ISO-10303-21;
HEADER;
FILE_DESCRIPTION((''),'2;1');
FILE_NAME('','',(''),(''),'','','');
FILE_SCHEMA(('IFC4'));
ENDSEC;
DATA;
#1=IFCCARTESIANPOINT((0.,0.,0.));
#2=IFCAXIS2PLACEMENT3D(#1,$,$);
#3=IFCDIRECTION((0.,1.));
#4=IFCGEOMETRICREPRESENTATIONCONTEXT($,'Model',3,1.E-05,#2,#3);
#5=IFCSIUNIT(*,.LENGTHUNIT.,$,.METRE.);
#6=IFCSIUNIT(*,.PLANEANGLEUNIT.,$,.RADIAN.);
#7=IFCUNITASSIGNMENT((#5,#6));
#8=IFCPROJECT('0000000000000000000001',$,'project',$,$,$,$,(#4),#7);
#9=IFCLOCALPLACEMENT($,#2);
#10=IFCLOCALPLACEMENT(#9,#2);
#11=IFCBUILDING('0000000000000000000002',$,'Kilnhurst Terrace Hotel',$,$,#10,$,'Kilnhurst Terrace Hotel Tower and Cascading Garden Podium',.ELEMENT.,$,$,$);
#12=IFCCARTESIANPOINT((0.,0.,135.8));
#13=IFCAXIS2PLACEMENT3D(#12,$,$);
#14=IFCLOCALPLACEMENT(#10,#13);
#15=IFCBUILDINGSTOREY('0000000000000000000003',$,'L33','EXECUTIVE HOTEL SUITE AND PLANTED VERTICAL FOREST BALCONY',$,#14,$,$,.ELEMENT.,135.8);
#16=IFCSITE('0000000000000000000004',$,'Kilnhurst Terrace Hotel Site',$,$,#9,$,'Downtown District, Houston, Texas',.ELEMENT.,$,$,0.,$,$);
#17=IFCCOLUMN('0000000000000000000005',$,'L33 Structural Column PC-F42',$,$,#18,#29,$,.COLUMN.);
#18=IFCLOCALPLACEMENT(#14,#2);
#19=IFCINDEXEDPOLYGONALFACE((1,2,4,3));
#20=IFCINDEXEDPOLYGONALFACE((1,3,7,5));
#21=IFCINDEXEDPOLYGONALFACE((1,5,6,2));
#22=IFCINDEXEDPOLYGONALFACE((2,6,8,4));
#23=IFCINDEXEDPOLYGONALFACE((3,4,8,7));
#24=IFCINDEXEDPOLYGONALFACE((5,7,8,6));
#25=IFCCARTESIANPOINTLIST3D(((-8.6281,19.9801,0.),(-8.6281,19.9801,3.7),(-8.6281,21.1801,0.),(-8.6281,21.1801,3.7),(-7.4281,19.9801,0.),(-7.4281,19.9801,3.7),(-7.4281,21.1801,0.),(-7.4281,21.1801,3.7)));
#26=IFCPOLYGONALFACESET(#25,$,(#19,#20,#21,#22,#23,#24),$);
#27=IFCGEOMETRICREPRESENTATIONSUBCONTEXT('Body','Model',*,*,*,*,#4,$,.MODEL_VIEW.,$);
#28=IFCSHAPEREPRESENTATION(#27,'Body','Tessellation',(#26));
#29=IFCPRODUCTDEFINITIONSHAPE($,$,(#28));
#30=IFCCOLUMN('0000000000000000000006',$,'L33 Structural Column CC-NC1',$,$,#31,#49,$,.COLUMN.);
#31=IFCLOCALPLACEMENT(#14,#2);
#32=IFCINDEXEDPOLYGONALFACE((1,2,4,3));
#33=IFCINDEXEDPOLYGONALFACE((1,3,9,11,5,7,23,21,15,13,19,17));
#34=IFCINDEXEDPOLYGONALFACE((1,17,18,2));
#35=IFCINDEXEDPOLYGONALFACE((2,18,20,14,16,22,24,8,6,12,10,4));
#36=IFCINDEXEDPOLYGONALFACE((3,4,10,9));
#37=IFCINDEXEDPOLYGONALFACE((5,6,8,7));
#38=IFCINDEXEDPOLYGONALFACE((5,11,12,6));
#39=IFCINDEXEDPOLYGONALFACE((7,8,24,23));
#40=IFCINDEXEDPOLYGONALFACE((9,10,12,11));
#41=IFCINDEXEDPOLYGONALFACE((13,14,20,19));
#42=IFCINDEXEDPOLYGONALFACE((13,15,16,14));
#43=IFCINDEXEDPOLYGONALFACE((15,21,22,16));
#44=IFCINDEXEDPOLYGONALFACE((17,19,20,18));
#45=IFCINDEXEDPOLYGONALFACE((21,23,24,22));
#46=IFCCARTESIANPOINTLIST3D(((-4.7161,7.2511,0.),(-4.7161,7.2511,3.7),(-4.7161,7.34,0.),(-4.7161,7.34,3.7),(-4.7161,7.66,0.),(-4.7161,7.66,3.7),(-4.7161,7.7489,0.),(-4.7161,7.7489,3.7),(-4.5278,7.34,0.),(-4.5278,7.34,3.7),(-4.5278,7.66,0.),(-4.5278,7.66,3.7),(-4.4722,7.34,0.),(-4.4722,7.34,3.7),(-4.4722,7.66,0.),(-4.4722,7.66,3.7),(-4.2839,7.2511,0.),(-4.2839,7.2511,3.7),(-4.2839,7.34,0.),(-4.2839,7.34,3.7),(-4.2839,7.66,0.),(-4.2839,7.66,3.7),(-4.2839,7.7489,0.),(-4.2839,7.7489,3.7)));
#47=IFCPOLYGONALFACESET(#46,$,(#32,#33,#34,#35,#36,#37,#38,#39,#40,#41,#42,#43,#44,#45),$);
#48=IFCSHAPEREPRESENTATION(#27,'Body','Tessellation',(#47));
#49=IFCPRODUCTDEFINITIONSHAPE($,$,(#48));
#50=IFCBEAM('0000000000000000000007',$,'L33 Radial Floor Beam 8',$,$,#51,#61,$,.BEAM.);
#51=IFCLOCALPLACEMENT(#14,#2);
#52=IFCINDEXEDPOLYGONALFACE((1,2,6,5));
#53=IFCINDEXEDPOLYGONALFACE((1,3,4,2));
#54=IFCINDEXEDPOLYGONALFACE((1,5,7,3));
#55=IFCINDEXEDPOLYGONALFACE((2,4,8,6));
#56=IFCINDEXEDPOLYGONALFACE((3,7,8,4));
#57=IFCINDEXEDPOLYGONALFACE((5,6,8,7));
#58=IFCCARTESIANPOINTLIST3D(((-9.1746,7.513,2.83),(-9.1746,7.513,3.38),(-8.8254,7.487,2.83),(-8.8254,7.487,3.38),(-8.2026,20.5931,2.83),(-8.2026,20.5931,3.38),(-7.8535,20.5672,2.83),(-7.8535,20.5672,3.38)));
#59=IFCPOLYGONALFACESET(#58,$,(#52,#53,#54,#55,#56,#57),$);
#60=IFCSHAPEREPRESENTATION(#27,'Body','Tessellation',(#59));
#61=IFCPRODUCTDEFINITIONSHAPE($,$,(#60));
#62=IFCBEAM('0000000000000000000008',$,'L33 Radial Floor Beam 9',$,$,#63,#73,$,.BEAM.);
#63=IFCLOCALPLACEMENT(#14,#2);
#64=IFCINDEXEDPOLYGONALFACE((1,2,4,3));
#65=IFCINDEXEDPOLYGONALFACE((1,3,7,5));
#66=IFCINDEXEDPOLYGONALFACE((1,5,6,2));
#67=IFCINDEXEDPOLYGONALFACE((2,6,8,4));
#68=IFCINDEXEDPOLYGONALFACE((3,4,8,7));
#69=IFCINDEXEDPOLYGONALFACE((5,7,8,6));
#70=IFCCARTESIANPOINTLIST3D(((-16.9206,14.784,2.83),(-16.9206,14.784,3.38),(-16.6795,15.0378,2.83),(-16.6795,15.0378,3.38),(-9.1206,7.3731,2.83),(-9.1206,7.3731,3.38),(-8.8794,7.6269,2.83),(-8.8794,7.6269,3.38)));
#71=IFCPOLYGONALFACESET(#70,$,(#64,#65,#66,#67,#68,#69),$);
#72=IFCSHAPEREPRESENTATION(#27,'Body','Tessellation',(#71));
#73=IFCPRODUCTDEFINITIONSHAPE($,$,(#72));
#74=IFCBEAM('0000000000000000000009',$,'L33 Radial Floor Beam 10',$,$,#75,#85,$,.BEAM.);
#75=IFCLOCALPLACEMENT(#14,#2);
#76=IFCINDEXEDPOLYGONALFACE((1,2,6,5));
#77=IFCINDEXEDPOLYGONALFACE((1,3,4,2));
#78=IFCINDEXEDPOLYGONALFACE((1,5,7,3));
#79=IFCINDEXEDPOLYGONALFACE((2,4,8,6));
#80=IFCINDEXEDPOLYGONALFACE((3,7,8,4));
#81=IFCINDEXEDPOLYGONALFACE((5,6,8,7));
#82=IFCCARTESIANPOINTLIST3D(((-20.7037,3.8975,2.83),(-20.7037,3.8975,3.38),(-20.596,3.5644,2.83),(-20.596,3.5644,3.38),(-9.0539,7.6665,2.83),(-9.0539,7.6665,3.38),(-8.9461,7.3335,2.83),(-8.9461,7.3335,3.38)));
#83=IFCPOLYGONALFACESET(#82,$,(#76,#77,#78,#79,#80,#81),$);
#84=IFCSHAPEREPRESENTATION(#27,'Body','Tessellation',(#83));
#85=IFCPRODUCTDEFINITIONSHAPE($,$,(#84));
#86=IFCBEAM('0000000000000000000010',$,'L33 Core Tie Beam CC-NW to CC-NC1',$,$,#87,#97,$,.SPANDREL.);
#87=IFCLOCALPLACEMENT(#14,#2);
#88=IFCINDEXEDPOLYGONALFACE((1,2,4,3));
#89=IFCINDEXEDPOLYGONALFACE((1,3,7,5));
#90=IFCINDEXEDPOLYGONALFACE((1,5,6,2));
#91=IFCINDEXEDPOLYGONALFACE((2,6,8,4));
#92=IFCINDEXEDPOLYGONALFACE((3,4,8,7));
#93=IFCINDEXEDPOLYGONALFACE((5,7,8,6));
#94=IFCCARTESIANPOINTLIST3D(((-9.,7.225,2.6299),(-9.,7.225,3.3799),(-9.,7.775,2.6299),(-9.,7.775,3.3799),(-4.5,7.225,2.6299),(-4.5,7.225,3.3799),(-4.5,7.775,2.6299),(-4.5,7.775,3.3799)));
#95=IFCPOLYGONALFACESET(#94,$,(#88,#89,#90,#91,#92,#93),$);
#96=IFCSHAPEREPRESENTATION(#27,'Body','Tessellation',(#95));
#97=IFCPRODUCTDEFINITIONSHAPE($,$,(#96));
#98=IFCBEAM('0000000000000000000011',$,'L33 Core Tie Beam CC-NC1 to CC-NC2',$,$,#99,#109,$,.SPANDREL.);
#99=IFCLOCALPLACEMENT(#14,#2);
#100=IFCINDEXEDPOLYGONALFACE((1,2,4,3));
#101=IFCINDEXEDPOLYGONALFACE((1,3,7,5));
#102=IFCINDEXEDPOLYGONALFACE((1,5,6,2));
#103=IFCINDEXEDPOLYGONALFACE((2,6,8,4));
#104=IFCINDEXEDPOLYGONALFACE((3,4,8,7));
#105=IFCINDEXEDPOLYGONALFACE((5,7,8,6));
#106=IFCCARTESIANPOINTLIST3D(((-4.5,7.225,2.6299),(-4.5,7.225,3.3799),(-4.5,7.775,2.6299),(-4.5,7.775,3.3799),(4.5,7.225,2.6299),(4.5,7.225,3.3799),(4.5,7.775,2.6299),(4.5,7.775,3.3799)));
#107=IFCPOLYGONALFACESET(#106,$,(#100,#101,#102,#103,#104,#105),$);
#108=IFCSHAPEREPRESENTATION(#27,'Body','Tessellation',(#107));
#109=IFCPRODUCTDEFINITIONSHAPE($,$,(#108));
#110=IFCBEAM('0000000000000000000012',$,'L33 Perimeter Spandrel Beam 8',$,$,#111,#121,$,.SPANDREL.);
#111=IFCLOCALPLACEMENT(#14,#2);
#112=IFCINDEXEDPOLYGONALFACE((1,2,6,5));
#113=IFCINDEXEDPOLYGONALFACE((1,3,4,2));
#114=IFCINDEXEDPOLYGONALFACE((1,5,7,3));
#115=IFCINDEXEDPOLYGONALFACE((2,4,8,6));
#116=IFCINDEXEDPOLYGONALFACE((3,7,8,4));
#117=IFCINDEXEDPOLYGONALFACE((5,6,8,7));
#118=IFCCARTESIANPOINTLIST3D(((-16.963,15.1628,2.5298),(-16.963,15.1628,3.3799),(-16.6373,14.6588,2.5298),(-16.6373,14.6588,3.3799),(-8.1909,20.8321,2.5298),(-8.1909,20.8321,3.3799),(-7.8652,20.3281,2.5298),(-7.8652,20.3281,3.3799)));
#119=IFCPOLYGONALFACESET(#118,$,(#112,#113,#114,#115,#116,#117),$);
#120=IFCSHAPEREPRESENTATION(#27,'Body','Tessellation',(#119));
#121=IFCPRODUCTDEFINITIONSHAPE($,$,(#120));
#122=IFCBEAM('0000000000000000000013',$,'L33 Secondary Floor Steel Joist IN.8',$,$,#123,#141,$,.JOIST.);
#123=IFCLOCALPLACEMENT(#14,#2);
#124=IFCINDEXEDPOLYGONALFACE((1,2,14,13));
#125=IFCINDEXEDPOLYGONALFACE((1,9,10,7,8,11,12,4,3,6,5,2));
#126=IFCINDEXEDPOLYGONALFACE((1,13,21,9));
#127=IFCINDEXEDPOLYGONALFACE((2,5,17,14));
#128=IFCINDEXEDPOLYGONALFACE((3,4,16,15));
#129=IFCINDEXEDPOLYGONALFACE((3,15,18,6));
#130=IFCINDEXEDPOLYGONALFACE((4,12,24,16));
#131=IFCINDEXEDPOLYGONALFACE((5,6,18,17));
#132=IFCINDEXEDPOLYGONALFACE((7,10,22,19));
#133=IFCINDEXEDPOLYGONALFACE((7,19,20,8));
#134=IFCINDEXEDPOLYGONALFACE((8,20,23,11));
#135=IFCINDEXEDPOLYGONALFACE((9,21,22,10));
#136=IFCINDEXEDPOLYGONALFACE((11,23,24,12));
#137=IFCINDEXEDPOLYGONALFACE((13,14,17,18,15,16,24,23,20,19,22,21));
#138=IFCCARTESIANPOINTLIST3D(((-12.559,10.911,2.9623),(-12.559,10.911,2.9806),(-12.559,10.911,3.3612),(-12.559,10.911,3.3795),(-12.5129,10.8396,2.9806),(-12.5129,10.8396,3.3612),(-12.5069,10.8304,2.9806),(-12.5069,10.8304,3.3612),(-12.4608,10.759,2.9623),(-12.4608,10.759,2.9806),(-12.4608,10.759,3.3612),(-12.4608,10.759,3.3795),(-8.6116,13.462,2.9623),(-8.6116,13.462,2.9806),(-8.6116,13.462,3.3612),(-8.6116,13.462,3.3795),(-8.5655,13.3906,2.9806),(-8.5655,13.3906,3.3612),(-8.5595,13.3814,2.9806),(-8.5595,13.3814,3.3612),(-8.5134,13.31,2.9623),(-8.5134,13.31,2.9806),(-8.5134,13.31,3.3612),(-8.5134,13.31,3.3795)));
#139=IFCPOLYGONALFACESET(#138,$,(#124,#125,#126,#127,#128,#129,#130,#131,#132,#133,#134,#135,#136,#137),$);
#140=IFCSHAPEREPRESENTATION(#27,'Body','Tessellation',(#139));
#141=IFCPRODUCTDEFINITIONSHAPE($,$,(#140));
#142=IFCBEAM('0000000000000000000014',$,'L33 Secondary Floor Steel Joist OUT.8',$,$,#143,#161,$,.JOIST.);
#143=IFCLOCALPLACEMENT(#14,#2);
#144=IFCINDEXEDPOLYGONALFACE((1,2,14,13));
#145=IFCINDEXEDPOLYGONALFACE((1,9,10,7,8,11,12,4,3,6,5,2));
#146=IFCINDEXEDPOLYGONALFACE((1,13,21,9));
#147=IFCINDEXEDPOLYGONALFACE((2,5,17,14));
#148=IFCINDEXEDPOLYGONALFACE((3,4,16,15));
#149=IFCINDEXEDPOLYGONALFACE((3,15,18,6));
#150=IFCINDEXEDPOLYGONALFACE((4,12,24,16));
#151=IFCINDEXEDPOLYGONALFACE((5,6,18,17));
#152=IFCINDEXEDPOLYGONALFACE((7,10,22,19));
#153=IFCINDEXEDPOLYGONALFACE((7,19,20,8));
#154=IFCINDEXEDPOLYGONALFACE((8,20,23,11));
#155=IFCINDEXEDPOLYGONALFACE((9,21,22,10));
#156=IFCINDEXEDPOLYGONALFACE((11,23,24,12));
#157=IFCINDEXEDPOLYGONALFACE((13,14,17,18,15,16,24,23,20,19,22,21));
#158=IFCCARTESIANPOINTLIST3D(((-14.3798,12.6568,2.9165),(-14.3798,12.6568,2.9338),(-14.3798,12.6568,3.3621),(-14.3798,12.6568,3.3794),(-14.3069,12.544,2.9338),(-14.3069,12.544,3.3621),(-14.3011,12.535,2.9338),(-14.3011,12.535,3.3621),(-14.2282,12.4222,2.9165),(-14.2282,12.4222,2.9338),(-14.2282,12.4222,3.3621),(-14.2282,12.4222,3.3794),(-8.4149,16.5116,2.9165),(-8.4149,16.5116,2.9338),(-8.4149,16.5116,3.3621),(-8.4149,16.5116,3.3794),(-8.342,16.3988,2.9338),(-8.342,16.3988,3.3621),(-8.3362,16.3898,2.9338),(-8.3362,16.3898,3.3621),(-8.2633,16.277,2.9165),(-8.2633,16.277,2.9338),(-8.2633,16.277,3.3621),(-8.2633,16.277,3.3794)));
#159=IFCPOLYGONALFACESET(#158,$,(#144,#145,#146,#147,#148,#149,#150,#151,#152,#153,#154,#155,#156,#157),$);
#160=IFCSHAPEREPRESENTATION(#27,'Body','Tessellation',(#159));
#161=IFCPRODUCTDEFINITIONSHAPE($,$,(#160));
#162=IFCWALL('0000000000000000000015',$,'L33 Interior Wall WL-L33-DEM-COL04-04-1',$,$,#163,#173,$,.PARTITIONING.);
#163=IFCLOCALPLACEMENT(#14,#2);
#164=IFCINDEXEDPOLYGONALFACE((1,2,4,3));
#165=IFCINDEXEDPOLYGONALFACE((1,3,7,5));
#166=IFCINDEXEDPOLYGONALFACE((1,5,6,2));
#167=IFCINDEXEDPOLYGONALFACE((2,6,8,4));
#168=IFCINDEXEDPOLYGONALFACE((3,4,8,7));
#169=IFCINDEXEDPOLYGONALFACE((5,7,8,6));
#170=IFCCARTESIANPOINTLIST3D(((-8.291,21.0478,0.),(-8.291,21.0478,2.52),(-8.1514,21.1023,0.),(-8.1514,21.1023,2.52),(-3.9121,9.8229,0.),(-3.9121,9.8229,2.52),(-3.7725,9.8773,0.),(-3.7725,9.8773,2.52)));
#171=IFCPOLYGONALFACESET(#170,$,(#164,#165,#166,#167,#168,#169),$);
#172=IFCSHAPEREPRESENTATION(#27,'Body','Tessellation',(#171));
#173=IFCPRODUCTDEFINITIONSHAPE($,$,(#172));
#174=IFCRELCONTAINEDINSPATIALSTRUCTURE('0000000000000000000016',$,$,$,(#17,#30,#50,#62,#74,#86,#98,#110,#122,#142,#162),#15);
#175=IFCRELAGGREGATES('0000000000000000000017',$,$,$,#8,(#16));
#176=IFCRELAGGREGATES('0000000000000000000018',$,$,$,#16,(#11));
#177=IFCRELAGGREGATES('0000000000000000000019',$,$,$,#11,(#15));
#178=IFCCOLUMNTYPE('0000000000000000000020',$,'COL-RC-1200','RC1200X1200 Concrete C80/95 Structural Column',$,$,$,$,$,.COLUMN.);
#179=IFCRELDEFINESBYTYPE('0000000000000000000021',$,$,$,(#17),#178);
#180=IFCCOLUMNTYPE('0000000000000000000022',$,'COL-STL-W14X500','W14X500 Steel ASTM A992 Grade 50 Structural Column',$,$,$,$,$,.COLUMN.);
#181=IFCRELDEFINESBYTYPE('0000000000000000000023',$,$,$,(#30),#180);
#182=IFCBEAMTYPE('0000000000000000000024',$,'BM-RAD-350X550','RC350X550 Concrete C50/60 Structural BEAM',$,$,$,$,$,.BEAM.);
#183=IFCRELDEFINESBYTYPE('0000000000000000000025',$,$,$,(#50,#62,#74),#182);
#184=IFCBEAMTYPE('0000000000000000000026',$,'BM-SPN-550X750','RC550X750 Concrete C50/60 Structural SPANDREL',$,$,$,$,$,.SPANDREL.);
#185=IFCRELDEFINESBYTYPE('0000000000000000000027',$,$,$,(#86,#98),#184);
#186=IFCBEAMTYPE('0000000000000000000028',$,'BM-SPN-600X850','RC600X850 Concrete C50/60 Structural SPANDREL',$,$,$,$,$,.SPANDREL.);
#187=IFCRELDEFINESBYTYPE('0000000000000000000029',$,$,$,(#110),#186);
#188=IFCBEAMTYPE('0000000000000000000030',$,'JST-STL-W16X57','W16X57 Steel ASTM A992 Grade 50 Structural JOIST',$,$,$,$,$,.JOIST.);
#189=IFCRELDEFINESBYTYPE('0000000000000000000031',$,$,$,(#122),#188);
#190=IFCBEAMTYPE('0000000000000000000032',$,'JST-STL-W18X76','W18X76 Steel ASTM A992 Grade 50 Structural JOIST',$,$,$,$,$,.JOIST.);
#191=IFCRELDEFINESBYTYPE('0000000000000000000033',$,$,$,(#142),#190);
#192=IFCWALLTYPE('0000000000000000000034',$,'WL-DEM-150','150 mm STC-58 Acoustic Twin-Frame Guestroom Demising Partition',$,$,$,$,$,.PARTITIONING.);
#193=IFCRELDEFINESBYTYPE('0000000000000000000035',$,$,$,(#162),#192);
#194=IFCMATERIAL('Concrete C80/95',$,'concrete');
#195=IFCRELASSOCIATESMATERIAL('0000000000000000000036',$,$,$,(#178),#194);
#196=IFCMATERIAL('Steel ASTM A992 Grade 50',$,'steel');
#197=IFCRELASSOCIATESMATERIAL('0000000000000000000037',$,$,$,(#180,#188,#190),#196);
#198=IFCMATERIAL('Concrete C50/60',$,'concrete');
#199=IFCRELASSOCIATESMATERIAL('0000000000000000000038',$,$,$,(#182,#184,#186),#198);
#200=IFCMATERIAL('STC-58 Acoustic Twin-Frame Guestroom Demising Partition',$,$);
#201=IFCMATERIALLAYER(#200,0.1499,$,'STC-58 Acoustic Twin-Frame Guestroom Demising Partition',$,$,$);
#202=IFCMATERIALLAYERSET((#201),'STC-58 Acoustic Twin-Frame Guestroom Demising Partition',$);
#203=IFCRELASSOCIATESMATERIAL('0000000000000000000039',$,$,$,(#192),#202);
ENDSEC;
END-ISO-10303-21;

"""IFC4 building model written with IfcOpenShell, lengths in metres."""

from ifc_helpers import new_model, si_unit, direction, frame, frame_2d, origin, origin_2d, place, context, subcontext, project, spatial, rectangle, i_section, extrude, material, layer, layer_set, material_profile, profile_set, type_object, element, save


model = new_model("IFC4")

# Units and contexts
model_context = context("Model", 3, precision=1e-05, world=origin(), true_north=direction((0.0, 1.0)))
body_context = subcontext(model_context, "Body", "Model", "MODEL_VIEW")
ifc_project = project(units=[si_unit("LENGTHUNIT", "METRE"), si_unit("PLANEANGLEUNIT", "RADIAN")], contexts=[model_context])

# Site, building, storey
site_placement = place(None, origin())
site = spatial("IfcSite", under=ifc_project, at=site_placement, Name="Kilnhurst Terrace Hotel Site", LongName="Downtown District, Houston, Texas", CompositionType="ELEMENT", RefElevation=0.0)
building_placement = place(site_placement, origin())
building = spatial("IfcBuilding", under=site, at=building_placement, Name="Kilnhurst Terrace Hotel", LongName="Kilnhurst Terrace Hotel Tower and Cascading Garden Podium", CompositionType="ELEMENT")
storey_placement = place(building_placement, frame((0.0, 0.0, 135.8)))
storey = spatial("IfcBuildingStorey", under=building, at=storey_placement, Name="L33", Description="EXECUTIVE HOTEL SUITE AND PLANTED VERTICAL FOREST BALCONY", CompositionType="ELEMENT", Elevation=135.8)

# Columns
ifc_material_1 = material(Name="Concrete C80/95", Category="concrete")
ifc_material_profile_1 = material_profile(ifc_material_1, rectangle(XDim=1.2, YDim=1.2, at=origin_2d()), Name="RC1200X1200")
ifc_profile_set_1 = profile_set([ifc_material_profile_1], Name="Concrete C80/95")
column_type_1 = type_object("IfcColumnType", Name="COL-RC-1200", Description="RC1200X1200 Concrete C80/95 Structural Column", PredefinedType="COLUMN", material=ifc_profile_set_1)
column_1_placement = place(storey_placement, frame((-8.0281, 20.5801, 0.0), z_axis=(0.0, 0.0, 1.0), x_axis=(1.0, 0.0, 0.0)))
element("IfcColumn", 1, at=column_1_placement, inside=storey, type_object=column_type_1, Name="L33 Structural Column PC-F42", PredefinedType="COLUMN", context=body_context, shape_type="SweptSolid", body=[
    extrude(rectangle(XDim=1.2, YDim=1.2, at=origin_2d()), origin(), (0.0, 0.0, 1.0), 3.7),
])
ifc_material_2 = material(Name="Steel ASTM A992 Grade 50", Category="steel")
ifc_material_profile_2 = material_profile(ifc_material_2, i_section(OverallWidth=0.4321, OverallDepth=0.4978, WebThickness=0.0557, FlangeThickness=0.0889, at=origin_2d()), Name="W14X500")
ifc_profile_set_2 = profile_set([ifc_material_profile_2], Name="Steel ASTM A992 Grade 50")
column_type_2 = type_object("IfcColumnType", Name="COL-STL-W14X500", Description="W14X500 Steel ASTM A992 Grade 50 Structural Column", PredefinedType="COLUMN", material=ifc_profile_set_2)
column_2_placement = place(storey_placement, frame((-4.5, 7.5, 0.0), z_axis=(0.0, 0.0, 1.0), x_axis=(1.0, 0.0, 0.0)))
element("IfcColumn", 2, at=column_2_placement, inside=storey, type_object=column_type_2, Name="L33 Structural Column CC-NC1", PredefinedType="COLUMN", context=body_context, shape_type="SweptSolid", body=[
    extrude(i_section(OverallWidth=0.4321, OverallDepth=0.4978, WebThickness=0.0557, FlangeThickness=0.0889, at=origin_2d()), origin(), (0.0, 0.0, 1.0), 3.7),
])

# Beams
ifc_material_3 = material(Name="Concrete C50/60", Category="concrete")
ifc_material_profile_3 = material_profile(ifc_material_3, rectangle(XDim=0.3501, YDim=0.55, at=origin_2d()), Name="RC350X550")
ifc_profile_set_3 = profile_set([ifc_material_profile_3], Name="Concrete C50/60")
beam_type_1 = type_object("IfcBeamType", Name="BM-RAD-350X550", Description="RC350X550 Concrete C50/60 Structural BEAM", PredefinedType="BEAM", material=ifc_profile_set_3)
beam_1_placement = place(storey_placement, frame((-9.0, 7.5, 3.105), z_axis=(0.074101, 0.997251, 0.0), x_axis=(-0.997251, 0.074101, 0.0)))
element("IfcBeam", 3, at=beam_1_placement, inside=storey, type_object=beam_type_1, Name="L33 Radial Floor Beam 8", PredefinedType="BEAM", context=body_context, shape_type="SweptSolid", body=[
    extrude(rectangle(XDim=0.3501, YDim=0.55, at=origin_2d()), origin(), (0.0, 0.0, 1.0), 13.1162),
])
beam_2_placement = place(storey_placement, frame((-9.0, 7.5, 3.105), z_axis=(-0.72496, 0.688791, 0.0), x_axis=(-0.688791, -0.72496, 0.0)))
element("IfcBeam", 4, at=beam_2_placement, inside=storey, type_object=beam_type_1, Name="L33 Radial Floor Beam 9", PredefinedType="BEAM", context=body_context, shape_type="SweptSolid", body=[
    extrude(rectangle(XDim=0.3501, YDim=0.55, at=origin_2d()), origin(), (0.0, 0.0, 1.0), 10.7593),
])
beam_3_placement = place(storey_placement, frame((-9.0, 7.5, 3.105), z_axis=(-0.951446, -0.307817, 0.0), x_axis=(0.307817, -0.951446, 0.0)))
element("IfcBeam", 5, at=beam_3_placement, inside=storey, type_object=beam_type_1, Name="L33 Radial Floor Beam 10", PredefinedType="BEAM", context=body_context, shape_type="SweptSolid", body=[
    extrude(rectangle(XDim=0.3501, YDim=0.55, at=origin_2d()), origin(), (0.0, 0.0, 1.0), 12.2444),
])
ifc_material_profile_4 = material_profile(ifc_material_3, rectangle(XDim=0.55, YDim=0.75, at=origin_2d()), Name="RC550X750")
ifc_profile_set_4 = profile_set([ifc_material_profile_4], Name="Concrete C50/60")
beam_type_2 = type_object("IfcBeamType", Name="BM-SPN-550X750", Description="RC550X750 Concrete C50/60 Structural SPANDREL", PredefinedType="SPANDREL", material=ifc_profile_set_4)
beam_4_placement = place(storey_placement, frame((-9.0, 7.5, 3.0049), z_axis=(1.0, 0.0, 0.0), x_axis=(0.0, 1.0, 0.0)))
element("IfcBeam", 6, at=beam_4_placement, inside=storey, type_object=beam_type_2, Name="L33 Core Tie Beam CC-NW to CC-NC1", PredefinedType="SPANDREL", context=body_context, shape_type="SweptSolid", body=[
    extrude(rectangle(XDim=0.55, YDim=0.75, at=origin_2d()), origin(), (0.0, 0.0, 1.0), 4.5),
])
beam_5_placement = place(storey_placement, frame((-4.5, 7.5, 3.0049), z_axis=(1.0, 0.0, 0.0), x_axis=(0.0, 1.0, 0.0)))
element("IfcBeam", 7, at=beam_5_placement, inside=storey, type_object=beam_type_2, Name="L33 Core Tie Beam CC-NC1 to CC-NC2", PredefinedType="SPANDREL", context=body_context, shape_type="SweptSolid", body=[
    extrude(rectangle(XDim=0.55, YDim=0.75, at=origin_2d()), origin(), (0.0, 0.0, 1.0), 9.0),
])
ifc_material_profile_5 = material_profile(ifc_material_3, rectangle(XDim=0.6001, YDim=0.8501, at=origin_2d()), Name="RC600X850")
ifc_profile_set_5 = profile_set([ifc_material_profile_5], Name="Concrete C50/60")
beam_type_3 = type_object("IfcBeamType", Name="BM-SPN-600X850", Description="RC600X850 Concrete C50/60 Structural SPANDREL", PredefinedType="SPANDREL", material=ifc_profile_set_5)
beam_6_placement = place(storey_placement, frame((-8.0281, 20.5801, 2.9548), z_axis=(-0.839867, -0.542793, 0.0), x_axis=(0.542793, -0.839867, 0.0)))
element("IfcBeam", 8, at=beam_6_placement, inside=storey, type_object=beam_type_3, Name="L33 Perimeter Spandrel Beam 8", PredefinedType="SPANDREL", context=body_context, shape_type="SweptSolid", body=[
    extrude(rectangle(XDim=0.6001, YDim=0.8501, at=origin_2d()), origin(), (0.0, 0.0, 1.0), 10.4446),
])
ifc_material_profile_6 = material_profile(ifc_material_2, i_section(OverallWidth=0.1809, OverallDepth=0.4172, WebThickness=0.011, FlangeThickness=0.0183, at=origin_2d()), Name="W16X57")
ifc_profile_set_6 = profile_set([ifc_material_profile_6], Name="Steel ASTM A992 Grade 50")
beam_type_4 = type_object("IfcBeamType", Name="JST-STL-W16X57", Description="W16X57 Steel ASTM A992 Grade 50 Structural JOIST", PredefinedType="JOIST", material=ifc_profile_set_6)
beam_7_placement = place(storey_placement, frame((-8.5625, 13.386, 3.1709), z_axis=(-0.839885, -0.542764, 0.0), x_axis=(0.542764, -0.839885, 0.0)))
element("IfcBeam", 9, at=beam_7_placement, inside=storey, type_object=beam_type_4, Name="L33 Secondary Floor Steel Joist IN.8", PredefinedType="JOIST", context=body_context, shape_type="SweptSolid", body=[
    extrude(i_section(OverallWidth=0.1809, OverallDepth=0.4172, WebThickness=0.011, FlangeThickness=0.0183, at=origin_2d()), origin(), (0.0, 0.0, 1.0), 4.7),
])
ifc_material_profile_7 = material_profile(ifc_material_2, i_section(OverallWidth=0.2793, OverallDepth=0.4629, WebThickness=0.0107, FlangeThickness=0.0173, at=origin_2d()), Name="W18X76")
ifc_profile_set_7 = profile_set([ifc_material_profile_7], Name="Steel ASTM A992 Grade 50")
beam_type_5 = type_object("IfcBeamType", Name="JST-STL-W18X76", Description="W18X76 Steel ASTM A992 Grade 50 Structural JOIST", PredefinedType="JOIST", material=ifc_profile_set_7)
beam_8_placement = place(storey_placement, frame((-8.3391, 16.3943, 3.1479), z_axis=(-0.839883, -0.542768, 0.0), x_axis=(0.542768, -0.839883, 0.0)))
element("IfcBeam", 10, at=beam_8_placement, inside=storey, type_object=beam_type_5, Name="L33 Secondary Floor Steel Joist OUT.8", PredefinedType="JOIST", context=body_context, shape_type="SweptSolid", body=[
    extrude(i_section(OverallWidth=0.2793, OverallDepth=0.4629, WebThickness=0.0107, FlangeThickness=0.0173, at=origin_2d()), origin(), (0.0, 0.0, 1.0), 7.1021),
])

# Wall
ifc_material_4 = material(Name="STC-58 Acoustic Twin-Frame Guestroom Demising Partition")
ifc_layer_1 = layer(ifc_material_4, 0.1499, Name="STC-58 Acoustic Twin-Frame Guestroom Demising Partition")
ifc_layer_set_1 = layer_set([ifc_layer_1], Name="STC-58 Acoustic Twin-Frame Guestroom Demising Partition")
wall_type_1 = type_object("IfcWallType", Name="WL-DEM-150", Description="150 mm STC-58 Acoustic Twin-Frame Guestroom Demising Partition", PredefinedType="PARTITIONING", material=ifc_layer_set_1)
wall_1_placement = place(storey_placement, frame((-3.8423, 9.8501, 0.0), z_axis=(0.0, 0.0, 1.0), x_axis=(-0.363433, 0.93162, 0.0)))
element("IfcWall", 11, at=wall_1_placement, inside=storey, type_object=wall_type_1, Name="L33 Interior Wall WL-L33-DEM-COL04-04-1", PredefinedType="PARTITIONING", context=body_context, shape_type="SweptSolid", body=[
    extrude(rectangle(XDim=12.0488, YDim=0.1499, at=frame_2d((6.0244, 0.0))), origin(), (0.0, 0.0, 1.0), 2.52),
])

save(model, "model.ifc")
